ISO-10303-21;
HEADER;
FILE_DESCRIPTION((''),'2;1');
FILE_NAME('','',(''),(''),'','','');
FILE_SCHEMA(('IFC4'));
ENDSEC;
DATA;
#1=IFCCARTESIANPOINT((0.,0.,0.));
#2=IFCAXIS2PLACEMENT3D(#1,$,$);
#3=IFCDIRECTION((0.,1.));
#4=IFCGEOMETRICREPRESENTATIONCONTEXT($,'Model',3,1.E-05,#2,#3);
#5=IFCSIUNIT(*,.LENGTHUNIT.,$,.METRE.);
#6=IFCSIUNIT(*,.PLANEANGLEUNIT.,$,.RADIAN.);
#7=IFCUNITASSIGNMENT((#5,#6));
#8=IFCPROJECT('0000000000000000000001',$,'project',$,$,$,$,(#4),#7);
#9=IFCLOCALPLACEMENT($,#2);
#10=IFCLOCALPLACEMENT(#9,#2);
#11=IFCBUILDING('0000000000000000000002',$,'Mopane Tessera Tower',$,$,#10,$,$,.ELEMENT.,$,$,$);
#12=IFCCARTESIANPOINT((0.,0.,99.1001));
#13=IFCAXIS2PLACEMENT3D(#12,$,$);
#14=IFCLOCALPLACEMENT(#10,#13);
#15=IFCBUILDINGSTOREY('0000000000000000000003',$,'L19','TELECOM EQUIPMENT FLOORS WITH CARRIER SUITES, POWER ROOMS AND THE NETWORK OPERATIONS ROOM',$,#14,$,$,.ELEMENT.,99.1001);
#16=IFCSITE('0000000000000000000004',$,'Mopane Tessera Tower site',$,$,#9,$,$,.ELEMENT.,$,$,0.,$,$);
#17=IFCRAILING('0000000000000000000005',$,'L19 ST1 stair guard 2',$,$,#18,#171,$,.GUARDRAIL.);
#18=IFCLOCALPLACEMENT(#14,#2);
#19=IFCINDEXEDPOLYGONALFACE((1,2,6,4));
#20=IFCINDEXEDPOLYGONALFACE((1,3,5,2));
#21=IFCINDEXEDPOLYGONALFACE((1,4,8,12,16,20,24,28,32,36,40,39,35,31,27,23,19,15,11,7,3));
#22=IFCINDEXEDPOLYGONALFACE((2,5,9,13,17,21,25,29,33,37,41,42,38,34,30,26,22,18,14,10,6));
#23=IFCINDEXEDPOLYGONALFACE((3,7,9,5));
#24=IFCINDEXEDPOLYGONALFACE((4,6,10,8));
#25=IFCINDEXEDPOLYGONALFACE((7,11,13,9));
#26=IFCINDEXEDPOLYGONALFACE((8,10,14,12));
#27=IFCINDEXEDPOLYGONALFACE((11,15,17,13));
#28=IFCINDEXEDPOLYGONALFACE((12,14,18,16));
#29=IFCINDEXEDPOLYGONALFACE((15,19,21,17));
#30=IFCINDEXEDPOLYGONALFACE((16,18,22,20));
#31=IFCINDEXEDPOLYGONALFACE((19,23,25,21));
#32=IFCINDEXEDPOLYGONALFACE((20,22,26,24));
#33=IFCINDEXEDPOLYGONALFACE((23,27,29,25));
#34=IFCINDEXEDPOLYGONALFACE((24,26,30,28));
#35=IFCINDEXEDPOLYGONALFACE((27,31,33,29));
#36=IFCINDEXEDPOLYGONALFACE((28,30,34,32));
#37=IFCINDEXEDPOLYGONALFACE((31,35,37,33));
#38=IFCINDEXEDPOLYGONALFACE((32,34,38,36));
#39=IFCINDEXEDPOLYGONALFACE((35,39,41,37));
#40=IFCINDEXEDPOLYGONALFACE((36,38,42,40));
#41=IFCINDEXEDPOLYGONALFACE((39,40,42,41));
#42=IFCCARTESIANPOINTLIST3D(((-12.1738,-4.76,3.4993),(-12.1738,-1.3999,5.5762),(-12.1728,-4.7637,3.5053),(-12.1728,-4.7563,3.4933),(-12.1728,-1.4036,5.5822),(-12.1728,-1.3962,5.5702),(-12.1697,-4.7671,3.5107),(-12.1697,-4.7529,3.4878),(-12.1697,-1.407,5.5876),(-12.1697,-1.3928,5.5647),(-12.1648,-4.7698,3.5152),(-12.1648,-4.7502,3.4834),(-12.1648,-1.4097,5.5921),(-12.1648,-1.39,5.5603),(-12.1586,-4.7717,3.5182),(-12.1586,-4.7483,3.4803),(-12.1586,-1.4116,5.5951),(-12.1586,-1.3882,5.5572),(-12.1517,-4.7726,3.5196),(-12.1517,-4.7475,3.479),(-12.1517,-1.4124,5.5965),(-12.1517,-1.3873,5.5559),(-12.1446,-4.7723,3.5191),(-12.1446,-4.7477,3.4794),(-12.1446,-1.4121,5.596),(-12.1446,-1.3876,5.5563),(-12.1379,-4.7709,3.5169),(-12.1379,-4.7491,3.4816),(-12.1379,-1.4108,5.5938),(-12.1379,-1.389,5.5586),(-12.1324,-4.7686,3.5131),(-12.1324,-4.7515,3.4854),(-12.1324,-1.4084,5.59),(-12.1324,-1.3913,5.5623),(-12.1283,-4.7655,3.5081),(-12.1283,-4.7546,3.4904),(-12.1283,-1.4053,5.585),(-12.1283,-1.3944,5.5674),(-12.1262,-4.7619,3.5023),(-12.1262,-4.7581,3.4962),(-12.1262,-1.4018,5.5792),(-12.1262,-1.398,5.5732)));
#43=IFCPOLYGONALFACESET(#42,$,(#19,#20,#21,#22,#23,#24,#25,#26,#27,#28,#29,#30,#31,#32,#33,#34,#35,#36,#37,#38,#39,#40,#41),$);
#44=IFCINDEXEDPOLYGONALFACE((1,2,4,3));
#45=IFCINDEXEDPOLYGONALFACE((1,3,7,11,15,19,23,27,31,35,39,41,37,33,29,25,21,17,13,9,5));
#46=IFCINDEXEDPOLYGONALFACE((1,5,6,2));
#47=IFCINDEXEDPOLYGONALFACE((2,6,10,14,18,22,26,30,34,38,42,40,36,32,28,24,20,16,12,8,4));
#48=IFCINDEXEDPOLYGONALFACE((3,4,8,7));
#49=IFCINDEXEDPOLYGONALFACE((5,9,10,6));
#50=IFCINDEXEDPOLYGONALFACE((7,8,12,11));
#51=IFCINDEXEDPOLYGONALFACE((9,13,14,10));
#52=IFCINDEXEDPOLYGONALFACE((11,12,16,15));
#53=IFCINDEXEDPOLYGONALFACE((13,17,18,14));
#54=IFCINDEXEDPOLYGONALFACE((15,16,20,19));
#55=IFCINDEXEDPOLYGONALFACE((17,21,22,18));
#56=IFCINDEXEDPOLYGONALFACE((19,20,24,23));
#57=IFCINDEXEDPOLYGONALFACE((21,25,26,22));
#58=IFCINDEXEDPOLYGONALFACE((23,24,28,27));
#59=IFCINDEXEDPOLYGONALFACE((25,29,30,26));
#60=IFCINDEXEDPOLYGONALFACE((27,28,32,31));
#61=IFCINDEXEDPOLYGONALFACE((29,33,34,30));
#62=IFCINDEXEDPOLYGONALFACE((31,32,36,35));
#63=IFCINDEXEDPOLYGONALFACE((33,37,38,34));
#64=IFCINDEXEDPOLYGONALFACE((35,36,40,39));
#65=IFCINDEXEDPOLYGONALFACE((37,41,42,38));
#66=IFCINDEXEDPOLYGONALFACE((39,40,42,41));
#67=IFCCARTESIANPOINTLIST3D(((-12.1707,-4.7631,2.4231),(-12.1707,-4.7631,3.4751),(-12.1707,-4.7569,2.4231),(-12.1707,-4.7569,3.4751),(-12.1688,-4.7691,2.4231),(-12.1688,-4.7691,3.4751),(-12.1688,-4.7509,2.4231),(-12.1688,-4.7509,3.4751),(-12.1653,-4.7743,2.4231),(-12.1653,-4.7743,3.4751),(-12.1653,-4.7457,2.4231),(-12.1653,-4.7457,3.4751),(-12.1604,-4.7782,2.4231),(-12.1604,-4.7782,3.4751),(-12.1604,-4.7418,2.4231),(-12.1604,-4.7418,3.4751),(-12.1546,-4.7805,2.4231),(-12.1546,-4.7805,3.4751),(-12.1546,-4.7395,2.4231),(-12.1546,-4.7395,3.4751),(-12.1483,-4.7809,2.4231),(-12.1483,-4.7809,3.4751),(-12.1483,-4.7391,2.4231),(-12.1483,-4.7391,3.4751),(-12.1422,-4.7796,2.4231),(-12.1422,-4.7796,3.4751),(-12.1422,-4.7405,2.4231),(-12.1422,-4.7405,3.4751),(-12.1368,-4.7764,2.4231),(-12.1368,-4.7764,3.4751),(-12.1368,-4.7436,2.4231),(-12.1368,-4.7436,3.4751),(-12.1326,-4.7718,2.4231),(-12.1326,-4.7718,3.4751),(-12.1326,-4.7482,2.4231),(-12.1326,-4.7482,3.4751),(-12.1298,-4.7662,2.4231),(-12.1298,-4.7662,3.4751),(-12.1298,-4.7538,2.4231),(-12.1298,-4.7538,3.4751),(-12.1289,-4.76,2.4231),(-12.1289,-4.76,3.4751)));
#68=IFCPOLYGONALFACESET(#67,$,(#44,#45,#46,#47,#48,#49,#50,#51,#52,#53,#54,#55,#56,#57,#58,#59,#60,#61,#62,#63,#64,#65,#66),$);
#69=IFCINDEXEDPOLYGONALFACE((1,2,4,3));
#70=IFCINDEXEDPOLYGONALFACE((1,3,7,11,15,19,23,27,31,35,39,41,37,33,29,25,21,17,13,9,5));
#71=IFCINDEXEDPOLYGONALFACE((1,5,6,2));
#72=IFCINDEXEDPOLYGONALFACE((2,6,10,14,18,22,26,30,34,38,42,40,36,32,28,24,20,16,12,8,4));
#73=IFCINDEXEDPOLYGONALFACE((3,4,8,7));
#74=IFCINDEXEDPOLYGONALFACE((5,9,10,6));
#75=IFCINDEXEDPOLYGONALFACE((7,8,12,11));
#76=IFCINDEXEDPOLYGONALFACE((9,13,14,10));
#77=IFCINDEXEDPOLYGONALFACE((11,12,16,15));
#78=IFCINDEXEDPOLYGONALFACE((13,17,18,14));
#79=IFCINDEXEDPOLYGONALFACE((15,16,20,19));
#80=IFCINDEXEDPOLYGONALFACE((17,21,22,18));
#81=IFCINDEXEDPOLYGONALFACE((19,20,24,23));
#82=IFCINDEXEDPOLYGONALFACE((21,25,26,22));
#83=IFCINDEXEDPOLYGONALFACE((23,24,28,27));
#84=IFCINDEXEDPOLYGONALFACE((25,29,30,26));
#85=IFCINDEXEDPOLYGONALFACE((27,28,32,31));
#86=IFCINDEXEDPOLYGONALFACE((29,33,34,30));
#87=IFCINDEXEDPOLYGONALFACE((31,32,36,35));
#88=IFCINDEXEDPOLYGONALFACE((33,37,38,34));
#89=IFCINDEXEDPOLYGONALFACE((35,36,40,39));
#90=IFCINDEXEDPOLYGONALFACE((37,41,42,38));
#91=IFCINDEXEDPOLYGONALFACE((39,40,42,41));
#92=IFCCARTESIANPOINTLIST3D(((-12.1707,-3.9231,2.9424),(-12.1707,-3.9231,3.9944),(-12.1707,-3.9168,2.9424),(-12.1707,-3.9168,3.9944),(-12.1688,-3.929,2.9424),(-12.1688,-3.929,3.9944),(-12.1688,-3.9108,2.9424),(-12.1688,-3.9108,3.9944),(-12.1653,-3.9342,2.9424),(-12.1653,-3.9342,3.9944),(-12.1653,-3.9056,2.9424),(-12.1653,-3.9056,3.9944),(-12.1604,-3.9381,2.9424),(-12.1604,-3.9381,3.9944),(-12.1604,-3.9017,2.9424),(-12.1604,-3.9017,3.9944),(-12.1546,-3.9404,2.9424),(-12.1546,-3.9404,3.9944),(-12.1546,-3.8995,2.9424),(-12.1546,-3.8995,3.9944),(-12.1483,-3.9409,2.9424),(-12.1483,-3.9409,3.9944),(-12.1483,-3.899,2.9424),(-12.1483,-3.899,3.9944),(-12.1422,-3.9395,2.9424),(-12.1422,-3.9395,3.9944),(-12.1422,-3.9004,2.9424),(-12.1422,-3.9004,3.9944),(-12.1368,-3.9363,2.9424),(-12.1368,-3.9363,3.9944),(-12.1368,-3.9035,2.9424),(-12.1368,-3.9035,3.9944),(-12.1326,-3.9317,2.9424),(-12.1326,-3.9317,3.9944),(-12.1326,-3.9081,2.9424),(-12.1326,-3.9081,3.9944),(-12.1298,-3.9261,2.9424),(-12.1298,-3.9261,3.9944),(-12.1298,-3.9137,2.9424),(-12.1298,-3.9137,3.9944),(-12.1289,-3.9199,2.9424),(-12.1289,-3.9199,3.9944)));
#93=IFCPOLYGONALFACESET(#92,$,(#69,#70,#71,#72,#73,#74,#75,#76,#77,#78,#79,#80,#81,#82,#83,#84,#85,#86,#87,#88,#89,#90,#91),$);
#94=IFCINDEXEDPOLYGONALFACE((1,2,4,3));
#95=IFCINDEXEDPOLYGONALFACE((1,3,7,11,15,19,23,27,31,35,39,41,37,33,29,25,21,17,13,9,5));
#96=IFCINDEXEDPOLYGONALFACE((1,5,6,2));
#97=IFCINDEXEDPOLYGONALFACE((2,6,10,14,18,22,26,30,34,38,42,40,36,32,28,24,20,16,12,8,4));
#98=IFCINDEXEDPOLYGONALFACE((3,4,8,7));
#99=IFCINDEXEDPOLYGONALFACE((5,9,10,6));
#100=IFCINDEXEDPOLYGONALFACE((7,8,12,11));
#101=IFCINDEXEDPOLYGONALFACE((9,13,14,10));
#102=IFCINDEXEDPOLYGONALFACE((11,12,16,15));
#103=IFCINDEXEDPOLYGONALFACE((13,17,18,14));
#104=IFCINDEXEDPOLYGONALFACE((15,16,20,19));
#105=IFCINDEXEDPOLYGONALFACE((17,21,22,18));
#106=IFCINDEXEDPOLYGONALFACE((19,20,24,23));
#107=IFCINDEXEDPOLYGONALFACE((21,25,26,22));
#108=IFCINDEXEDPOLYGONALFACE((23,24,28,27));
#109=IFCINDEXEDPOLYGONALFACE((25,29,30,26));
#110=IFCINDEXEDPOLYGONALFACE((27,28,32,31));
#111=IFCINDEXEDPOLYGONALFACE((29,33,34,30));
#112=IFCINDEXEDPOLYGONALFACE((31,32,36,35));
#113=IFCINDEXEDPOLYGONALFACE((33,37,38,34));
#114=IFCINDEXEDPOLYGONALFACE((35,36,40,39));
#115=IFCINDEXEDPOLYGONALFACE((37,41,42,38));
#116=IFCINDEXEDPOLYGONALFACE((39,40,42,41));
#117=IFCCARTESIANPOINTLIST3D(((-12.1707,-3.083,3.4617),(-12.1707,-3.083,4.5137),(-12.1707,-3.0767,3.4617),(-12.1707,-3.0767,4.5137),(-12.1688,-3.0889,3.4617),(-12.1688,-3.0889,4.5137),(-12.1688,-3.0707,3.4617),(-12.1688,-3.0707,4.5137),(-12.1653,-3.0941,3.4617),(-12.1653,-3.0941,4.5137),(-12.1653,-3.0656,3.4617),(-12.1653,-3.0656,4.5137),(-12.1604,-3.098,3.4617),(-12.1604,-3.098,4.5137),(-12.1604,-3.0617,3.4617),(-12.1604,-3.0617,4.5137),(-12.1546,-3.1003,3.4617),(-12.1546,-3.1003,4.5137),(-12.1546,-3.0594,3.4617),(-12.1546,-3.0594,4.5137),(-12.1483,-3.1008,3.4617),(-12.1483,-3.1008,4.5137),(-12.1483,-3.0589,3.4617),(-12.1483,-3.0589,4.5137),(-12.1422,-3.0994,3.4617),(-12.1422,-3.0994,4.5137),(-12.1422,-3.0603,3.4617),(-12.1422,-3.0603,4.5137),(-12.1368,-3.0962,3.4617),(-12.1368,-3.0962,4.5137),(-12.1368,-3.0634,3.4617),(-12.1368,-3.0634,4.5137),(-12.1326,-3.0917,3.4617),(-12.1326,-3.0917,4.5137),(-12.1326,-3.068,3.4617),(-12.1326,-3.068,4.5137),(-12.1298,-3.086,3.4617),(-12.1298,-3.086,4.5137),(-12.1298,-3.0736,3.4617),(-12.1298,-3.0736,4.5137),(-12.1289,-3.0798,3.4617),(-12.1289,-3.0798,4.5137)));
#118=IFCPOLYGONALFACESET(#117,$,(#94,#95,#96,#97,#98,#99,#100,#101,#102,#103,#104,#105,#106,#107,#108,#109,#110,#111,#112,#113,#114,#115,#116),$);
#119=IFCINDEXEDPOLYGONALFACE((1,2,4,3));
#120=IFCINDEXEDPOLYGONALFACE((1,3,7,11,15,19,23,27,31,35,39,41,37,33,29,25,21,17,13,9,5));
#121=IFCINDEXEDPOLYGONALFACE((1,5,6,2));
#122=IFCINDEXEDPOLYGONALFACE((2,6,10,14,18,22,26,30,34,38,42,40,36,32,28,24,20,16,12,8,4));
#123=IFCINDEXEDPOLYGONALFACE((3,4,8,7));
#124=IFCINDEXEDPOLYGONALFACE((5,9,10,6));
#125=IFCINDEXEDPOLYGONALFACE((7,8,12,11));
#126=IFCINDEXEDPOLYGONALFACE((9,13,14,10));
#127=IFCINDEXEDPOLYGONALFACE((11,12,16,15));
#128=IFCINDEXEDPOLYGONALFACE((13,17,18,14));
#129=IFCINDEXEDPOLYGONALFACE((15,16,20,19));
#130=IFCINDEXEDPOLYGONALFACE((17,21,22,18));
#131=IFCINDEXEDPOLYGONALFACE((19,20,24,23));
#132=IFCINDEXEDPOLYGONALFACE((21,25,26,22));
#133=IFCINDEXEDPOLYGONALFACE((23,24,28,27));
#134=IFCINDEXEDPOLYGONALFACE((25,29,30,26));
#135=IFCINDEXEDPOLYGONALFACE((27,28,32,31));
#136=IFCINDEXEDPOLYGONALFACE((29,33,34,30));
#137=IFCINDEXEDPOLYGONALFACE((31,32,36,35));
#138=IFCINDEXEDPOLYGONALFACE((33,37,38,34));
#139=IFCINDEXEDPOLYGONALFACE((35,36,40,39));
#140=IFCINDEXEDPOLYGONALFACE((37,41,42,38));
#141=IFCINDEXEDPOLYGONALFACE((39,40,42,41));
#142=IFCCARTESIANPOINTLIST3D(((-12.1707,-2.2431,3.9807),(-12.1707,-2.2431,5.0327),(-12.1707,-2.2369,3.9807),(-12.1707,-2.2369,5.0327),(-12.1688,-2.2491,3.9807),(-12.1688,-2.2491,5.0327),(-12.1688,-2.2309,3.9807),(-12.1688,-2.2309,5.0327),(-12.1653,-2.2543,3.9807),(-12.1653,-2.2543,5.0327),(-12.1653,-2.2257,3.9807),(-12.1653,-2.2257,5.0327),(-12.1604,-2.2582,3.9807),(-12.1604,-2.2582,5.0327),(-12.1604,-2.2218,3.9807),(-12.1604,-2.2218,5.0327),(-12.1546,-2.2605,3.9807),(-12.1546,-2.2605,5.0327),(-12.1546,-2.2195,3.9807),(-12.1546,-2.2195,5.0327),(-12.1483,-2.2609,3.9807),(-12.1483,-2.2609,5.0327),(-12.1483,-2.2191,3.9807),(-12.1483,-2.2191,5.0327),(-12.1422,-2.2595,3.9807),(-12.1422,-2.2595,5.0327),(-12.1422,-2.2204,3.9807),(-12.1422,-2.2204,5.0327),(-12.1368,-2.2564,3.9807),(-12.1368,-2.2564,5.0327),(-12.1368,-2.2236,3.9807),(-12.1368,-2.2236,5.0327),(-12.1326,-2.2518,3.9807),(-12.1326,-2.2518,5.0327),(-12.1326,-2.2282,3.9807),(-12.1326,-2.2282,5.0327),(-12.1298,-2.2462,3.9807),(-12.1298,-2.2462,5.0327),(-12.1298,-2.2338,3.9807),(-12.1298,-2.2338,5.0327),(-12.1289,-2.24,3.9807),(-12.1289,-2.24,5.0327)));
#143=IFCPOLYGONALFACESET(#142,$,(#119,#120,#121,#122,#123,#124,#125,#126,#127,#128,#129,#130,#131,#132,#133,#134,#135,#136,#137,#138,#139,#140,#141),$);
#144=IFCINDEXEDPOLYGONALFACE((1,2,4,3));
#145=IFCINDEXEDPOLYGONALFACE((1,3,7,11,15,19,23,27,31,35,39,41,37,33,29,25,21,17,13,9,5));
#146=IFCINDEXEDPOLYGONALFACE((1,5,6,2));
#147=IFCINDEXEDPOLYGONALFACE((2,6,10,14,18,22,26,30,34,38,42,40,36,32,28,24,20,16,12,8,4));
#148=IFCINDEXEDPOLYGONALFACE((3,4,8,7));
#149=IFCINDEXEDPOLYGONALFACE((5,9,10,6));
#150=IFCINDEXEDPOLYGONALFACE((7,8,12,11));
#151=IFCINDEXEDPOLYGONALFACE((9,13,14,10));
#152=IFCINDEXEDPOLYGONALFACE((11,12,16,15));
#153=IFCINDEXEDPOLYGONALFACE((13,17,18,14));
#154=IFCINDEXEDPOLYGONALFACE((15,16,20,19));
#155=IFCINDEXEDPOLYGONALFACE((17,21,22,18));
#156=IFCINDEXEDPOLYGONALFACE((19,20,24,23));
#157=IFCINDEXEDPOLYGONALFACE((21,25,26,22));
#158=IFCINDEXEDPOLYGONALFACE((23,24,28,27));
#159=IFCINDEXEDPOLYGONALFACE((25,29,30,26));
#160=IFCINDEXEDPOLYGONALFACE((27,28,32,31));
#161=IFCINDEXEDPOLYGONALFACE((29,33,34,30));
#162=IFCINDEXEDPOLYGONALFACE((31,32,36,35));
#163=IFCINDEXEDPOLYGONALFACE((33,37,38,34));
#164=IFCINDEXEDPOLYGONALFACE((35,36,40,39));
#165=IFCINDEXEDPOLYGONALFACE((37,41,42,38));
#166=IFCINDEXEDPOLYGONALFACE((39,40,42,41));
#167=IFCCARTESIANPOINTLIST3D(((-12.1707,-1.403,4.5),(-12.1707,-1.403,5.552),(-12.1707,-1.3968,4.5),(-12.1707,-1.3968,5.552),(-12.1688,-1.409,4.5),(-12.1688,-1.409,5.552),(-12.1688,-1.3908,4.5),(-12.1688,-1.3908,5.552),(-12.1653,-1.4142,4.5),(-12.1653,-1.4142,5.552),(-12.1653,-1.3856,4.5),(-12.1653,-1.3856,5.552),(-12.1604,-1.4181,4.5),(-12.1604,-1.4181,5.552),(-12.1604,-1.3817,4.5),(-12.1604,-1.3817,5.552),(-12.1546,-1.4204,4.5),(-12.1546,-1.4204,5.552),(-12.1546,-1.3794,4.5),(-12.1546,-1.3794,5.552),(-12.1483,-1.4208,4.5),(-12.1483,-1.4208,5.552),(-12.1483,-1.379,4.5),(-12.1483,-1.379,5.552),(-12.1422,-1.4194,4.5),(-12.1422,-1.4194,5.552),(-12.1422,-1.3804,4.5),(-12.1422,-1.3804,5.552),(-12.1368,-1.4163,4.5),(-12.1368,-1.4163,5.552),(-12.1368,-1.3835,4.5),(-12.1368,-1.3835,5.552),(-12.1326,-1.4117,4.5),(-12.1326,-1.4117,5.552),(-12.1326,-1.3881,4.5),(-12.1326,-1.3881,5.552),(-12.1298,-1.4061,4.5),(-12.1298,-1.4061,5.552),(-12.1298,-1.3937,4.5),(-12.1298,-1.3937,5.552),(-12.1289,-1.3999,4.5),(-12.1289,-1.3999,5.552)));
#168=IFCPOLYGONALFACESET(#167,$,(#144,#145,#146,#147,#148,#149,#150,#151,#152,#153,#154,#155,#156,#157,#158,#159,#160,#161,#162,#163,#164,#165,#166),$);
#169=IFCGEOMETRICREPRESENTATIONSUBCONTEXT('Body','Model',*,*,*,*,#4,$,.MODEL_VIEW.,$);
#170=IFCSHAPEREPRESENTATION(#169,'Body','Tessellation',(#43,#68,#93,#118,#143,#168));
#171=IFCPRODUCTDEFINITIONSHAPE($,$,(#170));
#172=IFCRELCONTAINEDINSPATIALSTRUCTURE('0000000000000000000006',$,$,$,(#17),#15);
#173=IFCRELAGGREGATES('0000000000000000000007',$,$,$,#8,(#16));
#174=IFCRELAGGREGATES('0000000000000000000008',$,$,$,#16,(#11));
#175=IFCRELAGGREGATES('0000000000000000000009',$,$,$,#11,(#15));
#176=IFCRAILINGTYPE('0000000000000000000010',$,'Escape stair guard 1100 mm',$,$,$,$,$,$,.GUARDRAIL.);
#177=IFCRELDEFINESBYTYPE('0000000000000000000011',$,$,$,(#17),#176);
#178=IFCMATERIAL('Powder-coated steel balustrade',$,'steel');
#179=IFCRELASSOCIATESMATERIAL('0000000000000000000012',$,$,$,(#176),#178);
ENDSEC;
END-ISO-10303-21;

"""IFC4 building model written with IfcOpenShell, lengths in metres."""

from ifc_helpers import new_model, si_unit, direction, frame, origin, origin_2d, place, context, subcontext, project, spatial, circle, extrude, material, type_object, element, save


model = new_model("IFC4")

# Units and contexts
model_context = context("Model", 3, precision=1e-05, world=origin(), true_north=direction((0.0, 1.0)))
body_context = subcontext(model_context, "Body", "Model", "MODEL_VIEW")
ifc_project = project(units=[si_unit("LENGTHUNIT", "METRE"), si_unit("PLANEANGLEUNIT", "RADIAN")], contexts=[model_context])

# Site, building, storey
site_placement = place(None, origin())
site = spatial("IfcSite", under=ifc_project, at=site_placement, Name="Mopane Tessera Tower site", CompositionType="ELEMENT", RefElevation=0.0)
building_placement = place(site_placement, origin())
building = spatial("IfcBuilding", under=site, at=building_placement, Name="Mopane Tessera Tower", CompositionType="ELEMENT")
storey_placement = place(building_placement, frame((0.0, 0.0, 99.1001)))
storey = spatial("IfcBuildingStorey", under=building, at=storey_placement, Name="L19", Description="TELECOM EQUIPMENT FLOORS WITH CARRIER SUITES, POWER ROOMS AND THE NETWORK OPERATIONS ROOM", CompositionType="ELEMENT", Elevation=99.1001)

# Railing
ifc_material_1 = material(Name="Powder-coated steel balustrade", Category="steel")
railing_type_1 = type_object("IfcRailingType", Name="Escape stair guard 1100 mm", PredefinedType="GUARDRAIL", material=ifc_material_1)
railing_1_placement = place(storey_placement, frame((-12.1499, -4.76, 2.4231)))
element("IfcRailing", 1, at=railing_1_placement, inside=storey, type_object=railing_type_1, Name="L19 ST1 stair guard 2", PredefinedType="GUARDRAIL", context=body_context, shape_type="SweptSolid", body=[
    extrude(circle(Radius=0.0239, at=origin_2d()), frame((0.0, 0.0, 1.0762), z_axis=(0.0, 0.850623, 0.525776), x_axis=(-1.0, 0.0, 0.0)), (0.0, 0.0, 1.0), 3.9502),
    extrude(circle(Radius=0.021, at=origin_2d()), origin(), (0.0, 0.0, 1.0), 1.052),
    extrude(circle(Radius=0.021, at=origin_2d()), frame((0.0, 0.8401, 0.5193)), (0.0, 0.0, 1.0), 1.052),
    extrude(circle(Radius=0.021, at=origin_2d()), frame((0.0, 1.6802, 1.0386)), (0.0, 0.0, 1.0), 1.052),
    extrude(circle(Radius=0.021, at=origin_2d()), frame((0.0, 2.52, 1.5576)), (0.0, 0.0, 1.0), 1.052),
    extrude(circle(Radius=0.021, at=origin_2d()), frame((0.0, 3.3601, 2.0769)), (0.0, 0.0, 1.0), 1.052),
])

save(model, "model.ifc")
